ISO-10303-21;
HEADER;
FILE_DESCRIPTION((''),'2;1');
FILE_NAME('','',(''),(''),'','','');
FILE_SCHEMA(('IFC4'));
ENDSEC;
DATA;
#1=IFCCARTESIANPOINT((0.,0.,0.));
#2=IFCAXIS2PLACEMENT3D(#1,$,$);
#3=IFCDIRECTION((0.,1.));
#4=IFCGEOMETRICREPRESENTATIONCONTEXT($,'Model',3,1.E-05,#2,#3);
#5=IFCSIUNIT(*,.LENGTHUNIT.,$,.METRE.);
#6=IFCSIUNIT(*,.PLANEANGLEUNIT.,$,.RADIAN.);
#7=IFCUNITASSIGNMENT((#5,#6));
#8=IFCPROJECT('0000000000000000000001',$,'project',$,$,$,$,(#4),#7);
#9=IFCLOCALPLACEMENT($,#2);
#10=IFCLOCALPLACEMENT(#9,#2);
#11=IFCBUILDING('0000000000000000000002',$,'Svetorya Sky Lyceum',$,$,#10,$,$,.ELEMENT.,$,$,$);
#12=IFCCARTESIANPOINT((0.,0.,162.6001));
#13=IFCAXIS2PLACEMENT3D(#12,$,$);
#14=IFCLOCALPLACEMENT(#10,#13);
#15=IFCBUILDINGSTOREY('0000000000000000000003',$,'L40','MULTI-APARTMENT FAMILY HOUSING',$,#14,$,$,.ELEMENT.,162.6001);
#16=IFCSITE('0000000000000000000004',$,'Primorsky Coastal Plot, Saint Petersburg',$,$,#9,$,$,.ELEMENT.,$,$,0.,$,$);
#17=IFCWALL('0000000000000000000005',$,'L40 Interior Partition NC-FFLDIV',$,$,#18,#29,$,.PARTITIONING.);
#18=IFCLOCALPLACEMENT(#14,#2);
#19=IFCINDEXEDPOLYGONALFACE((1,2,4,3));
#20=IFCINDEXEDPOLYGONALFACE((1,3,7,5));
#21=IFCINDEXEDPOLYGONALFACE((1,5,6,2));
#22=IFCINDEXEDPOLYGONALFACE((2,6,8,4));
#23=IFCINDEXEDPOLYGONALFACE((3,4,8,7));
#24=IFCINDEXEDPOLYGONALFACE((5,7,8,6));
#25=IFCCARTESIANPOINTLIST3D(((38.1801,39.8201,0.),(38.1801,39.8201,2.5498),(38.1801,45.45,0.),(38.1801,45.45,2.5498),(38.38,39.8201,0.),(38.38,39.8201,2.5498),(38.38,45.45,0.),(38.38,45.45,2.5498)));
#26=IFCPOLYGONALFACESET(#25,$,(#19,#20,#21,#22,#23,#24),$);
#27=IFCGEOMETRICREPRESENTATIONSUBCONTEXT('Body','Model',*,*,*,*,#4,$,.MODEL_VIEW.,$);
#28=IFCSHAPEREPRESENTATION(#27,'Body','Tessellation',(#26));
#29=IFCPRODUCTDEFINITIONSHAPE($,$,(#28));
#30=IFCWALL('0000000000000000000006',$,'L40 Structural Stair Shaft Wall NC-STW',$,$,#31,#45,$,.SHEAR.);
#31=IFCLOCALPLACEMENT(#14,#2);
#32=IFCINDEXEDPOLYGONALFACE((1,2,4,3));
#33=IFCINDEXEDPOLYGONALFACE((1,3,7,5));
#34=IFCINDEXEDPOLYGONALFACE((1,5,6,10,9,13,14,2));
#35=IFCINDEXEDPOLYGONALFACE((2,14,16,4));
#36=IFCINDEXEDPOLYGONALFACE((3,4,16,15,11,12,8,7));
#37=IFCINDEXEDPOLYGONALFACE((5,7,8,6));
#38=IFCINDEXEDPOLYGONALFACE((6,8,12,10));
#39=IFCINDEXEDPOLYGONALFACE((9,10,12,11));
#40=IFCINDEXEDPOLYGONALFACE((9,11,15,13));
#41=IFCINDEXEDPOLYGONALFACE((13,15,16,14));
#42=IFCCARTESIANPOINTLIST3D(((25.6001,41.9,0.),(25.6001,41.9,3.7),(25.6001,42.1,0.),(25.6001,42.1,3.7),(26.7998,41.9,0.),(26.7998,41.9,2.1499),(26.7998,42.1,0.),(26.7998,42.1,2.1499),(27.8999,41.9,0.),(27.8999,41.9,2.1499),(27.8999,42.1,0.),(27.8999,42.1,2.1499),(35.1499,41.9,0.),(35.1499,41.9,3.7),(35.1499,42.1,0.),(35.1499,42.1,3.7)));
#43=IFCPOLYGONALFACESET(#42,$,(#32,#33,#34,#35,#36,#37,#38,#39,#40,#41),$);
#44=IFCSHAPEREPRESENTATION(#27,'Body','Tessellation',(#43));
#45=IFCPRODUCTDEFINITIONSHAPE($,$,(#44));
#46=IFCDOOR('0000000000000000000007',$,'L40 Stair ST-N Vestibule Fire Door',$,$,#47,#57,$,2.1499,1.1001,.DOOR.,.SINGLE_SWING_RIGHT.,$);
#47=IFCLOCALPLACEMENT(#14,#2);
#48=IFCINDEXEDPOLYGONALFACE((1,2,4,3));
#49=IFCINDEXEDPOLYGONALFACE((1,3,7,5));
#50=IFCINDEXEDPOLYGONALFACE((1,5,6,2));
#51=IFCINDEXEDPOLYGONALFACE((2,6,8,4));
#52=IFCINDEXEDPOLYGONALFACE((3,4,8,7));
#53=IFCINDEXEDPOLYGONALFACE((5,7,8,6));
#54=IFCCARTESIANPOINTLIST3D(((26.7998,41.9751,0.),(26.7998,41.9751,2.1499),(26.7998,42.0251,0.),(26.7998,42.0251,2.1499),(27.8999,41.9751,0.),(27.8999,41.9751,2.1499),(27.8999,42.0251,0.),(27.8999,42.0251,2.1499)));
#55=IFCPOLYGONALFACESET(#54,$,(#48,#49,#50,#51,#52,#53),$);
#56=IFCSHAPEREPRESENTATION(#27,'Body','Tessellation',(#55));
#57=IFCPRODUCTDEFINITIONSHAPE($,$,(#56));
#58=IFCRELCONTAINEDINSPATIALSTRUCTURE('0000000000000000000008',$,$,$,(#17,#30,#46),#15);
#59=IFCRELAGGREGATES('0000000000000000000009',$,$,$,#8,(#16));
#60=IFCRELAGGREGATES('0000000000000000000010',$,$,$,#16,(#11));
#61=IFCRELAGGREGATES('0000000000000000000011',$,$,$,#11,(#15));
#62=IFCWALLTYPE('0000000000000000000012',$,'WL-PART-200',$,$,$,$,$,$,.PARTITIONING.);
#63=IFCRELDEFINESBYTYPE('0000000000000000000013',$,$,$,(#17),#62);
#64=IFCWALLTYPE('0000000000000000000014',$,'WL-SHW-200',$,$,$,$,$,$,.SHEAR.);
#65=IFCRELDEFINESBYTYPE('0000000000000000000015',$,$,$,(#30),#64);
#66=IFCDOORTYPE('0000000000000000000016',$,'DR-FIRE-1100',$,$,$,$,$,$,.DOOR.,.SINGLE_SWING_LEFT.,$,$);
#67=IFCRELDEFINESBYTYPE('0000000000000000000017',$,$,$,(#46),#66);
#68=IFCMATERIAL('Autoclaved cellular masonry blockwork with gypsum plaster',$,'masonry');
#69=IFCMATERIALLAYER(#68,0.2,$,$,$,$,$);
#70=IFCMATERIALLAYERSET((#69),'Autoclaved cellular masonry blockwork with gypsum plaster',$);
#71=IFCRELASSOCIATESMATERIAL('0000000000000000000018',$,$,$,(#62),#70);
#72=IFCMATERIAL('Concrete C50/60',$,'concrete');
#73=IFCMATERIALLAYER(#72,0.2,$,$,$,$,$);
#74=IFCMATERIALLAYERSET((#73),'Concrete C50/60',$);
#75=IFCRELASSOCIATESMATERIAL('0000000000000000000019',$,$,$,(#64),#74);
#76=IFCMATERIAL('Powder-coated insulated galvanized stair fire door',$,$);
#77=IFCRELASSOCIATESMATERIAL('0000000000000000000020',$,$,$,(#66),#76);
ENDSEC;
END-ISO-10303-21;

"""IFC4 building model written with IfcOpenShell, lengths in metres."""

from ifc_helpers import new_model, si_unit, direction, frame, frame_2d, origin, place, context, subcontext, project, spatial, rectangle, extrude, material, layer, layer_set, type_object, element, fill, save


model = new_model("IFC4")

# Units and contexts
model_context = context("Model", 3, precision=1e-05, world=origin(), true_north=direction((0.0, 1.0)))
body_context = subcontext(model_context, "Body", "Model", "MODEL_VIEW")
ifc_project = project(units=[si_unit("LENGTHUNIT", "METRE"), si_unit("PLANEANGLEUNIT", "RADIAN")], contexts=[model_context])

# Site, building, storey
site_placement = place(None, origin())
site = spatial("IfcSite", under=ifc_project, at=site_placement, Name="Primorsky Coastal Plot, Saint Petersburg", CompositionType="ELEMENT", RefElevation=0.0)
building_placement = place(site_placement, origin())
building = spatial("IfcBuilding", under=site, at=building_placement, Name="Svetorya Sky Lyceum", CompositionType="ELEMENT")
storey_placement = place(building_placement, frame((0.0, 0.0, 162.6001)))
storey = spatial("IfcBuildingStorey", under=building, at=storey_placement, Name="L40", Description="MULTI-APARTMENT FAMILY HOUSING", CompositionType="ELEMENT", Elevation=162.6001)

# Shared definitions
ifc_material_1 = material(Name="Concrete C50/60", Category="concrete")

# Shared definitions
ifc_material_2 = material(Name="Autoclaved cellular masonry blockwork with gypsum plaster", Category="masonry")
ifc_layer_1 = layer(ifc_material_2, 0.2)
ifc_layer_set_1 = layer_set([ifc_layer_1], Name="Autoclaved cellular masonry blockwork with gypsum plaster")
wall_type_1 = type_object("IfcWallType", Name="WL-PART-200", PredefinedType="PARTITIONING", material=ifc_layer_set_1)

# Wall
wall_1_placement = place(storey_placement, frame((38.28, 39.8201, 0.0), z_axis=(0.0, 0.0, 1.0), x_axis=(0.0, 1.0, 0.0)))
element("IfcWall", 1, at=wall_1_placement, inside=storey, type_object=wall_type_1, Name="L40 Interior Partition NC-FFLDIV", PredefinedType="PARTITIONING", context=body_context, shape_type="SweptSolid", body=[
    extrude(rectangle(XDim=5.6299, YDim=0.2, at=frame_2d((2.8149, 0.0))), origin(), (0.0, 0.0, 1.0), 2.5498),
])

# Wall, opening, door
ifc_layer_2 = layer(ifc_material_1, 0.2)
ifc_layer_set_2 = layer_set([ifc_layer_2], Name="Concrete C50/60")
wall_type_2 = type_object("IfcWallType", Name="WL-SHW-200", PredefinedType="SHEAR", material=ifc_layer_set_2)
wall_2_placement = place(storey_placement, frame((35.1499, 42.0, 0.0), z_axis=(0.0, 0.0, 1.0), x_axis=(-1.0, 0.0, 0.0)))
wall_2 = element("IfcWall", 2, at=wall_2_placement, inside=storey, type_object=wall_type_2, Name="L40 Structural Stair Shaft Wall NC-STW", PredefinedType="SHEAR", context=body_context, shape_type="SweptSolid", body=[
    extrude(rectangle(XDim=9.5498, YDim=0.2, at=frame_2d((4.7749, 0.0))), origin(), (0.0, 0.0, 1.0), 3.7),
])
opening_1_placement = place(wall_2_placement, frame((7.25, 0.0, 0.0)))
opening_1 = element("IfcOpeningElement", 3, at=opening_1_placement, cuts=wall_2, PredefinedType="OPENING", context=body_context, shape_type="SweptSolid", body=[
    extrude(rectangle(XDim=1.1001, YDim=2.1499, at=frame_2d((0.55, 1.075))), frame((0.0, 0.1099, 0.0), z_axis=(0.0, -1.0, 0.0), x_axis=(1.0, 0.0, 0.0)), (0.0, 0.0, 1.0), 0.22),
])
ifc_material_3 = material(Name="Powder-coated insulated galvanized stair fire door")
door_type_1 = type_object("IfcDoorType", Name="DR-FIRE-1100", OperationType="SINGLE_SWING_LEFT", PredefinedType="DOOR", material=ifc_material_3)
door_1_placement = place(opening_1_placement, origin())
door_1 = element("IfcDoor", 4, at=door_1_placement, inside=storey, type_object=door_type_1, Name="L40 Stair ST-N Vestibule Fire Door", OperationType="SINGLE_SWING_RIGHT", OverallHeight=2.1499, OverallWidth=1.1001, PredefinedType="DOOR", context=body_context, shape_type="SweptSolid", body=[
    extrude(rectangle(XDim=1.1001, YDim=2.1499, at=frame_2d((0.55, 1.075))), frame((0.0, 0.0249, 0.0), z_axis=(0.0, -1.0, 0.0), x_axis=(1.0, 0.0, 0.0)), (0.0, 0.0, 1.0), 0.05),
])
fill(opening_1, door_1)

save(model, "model.ifc")
